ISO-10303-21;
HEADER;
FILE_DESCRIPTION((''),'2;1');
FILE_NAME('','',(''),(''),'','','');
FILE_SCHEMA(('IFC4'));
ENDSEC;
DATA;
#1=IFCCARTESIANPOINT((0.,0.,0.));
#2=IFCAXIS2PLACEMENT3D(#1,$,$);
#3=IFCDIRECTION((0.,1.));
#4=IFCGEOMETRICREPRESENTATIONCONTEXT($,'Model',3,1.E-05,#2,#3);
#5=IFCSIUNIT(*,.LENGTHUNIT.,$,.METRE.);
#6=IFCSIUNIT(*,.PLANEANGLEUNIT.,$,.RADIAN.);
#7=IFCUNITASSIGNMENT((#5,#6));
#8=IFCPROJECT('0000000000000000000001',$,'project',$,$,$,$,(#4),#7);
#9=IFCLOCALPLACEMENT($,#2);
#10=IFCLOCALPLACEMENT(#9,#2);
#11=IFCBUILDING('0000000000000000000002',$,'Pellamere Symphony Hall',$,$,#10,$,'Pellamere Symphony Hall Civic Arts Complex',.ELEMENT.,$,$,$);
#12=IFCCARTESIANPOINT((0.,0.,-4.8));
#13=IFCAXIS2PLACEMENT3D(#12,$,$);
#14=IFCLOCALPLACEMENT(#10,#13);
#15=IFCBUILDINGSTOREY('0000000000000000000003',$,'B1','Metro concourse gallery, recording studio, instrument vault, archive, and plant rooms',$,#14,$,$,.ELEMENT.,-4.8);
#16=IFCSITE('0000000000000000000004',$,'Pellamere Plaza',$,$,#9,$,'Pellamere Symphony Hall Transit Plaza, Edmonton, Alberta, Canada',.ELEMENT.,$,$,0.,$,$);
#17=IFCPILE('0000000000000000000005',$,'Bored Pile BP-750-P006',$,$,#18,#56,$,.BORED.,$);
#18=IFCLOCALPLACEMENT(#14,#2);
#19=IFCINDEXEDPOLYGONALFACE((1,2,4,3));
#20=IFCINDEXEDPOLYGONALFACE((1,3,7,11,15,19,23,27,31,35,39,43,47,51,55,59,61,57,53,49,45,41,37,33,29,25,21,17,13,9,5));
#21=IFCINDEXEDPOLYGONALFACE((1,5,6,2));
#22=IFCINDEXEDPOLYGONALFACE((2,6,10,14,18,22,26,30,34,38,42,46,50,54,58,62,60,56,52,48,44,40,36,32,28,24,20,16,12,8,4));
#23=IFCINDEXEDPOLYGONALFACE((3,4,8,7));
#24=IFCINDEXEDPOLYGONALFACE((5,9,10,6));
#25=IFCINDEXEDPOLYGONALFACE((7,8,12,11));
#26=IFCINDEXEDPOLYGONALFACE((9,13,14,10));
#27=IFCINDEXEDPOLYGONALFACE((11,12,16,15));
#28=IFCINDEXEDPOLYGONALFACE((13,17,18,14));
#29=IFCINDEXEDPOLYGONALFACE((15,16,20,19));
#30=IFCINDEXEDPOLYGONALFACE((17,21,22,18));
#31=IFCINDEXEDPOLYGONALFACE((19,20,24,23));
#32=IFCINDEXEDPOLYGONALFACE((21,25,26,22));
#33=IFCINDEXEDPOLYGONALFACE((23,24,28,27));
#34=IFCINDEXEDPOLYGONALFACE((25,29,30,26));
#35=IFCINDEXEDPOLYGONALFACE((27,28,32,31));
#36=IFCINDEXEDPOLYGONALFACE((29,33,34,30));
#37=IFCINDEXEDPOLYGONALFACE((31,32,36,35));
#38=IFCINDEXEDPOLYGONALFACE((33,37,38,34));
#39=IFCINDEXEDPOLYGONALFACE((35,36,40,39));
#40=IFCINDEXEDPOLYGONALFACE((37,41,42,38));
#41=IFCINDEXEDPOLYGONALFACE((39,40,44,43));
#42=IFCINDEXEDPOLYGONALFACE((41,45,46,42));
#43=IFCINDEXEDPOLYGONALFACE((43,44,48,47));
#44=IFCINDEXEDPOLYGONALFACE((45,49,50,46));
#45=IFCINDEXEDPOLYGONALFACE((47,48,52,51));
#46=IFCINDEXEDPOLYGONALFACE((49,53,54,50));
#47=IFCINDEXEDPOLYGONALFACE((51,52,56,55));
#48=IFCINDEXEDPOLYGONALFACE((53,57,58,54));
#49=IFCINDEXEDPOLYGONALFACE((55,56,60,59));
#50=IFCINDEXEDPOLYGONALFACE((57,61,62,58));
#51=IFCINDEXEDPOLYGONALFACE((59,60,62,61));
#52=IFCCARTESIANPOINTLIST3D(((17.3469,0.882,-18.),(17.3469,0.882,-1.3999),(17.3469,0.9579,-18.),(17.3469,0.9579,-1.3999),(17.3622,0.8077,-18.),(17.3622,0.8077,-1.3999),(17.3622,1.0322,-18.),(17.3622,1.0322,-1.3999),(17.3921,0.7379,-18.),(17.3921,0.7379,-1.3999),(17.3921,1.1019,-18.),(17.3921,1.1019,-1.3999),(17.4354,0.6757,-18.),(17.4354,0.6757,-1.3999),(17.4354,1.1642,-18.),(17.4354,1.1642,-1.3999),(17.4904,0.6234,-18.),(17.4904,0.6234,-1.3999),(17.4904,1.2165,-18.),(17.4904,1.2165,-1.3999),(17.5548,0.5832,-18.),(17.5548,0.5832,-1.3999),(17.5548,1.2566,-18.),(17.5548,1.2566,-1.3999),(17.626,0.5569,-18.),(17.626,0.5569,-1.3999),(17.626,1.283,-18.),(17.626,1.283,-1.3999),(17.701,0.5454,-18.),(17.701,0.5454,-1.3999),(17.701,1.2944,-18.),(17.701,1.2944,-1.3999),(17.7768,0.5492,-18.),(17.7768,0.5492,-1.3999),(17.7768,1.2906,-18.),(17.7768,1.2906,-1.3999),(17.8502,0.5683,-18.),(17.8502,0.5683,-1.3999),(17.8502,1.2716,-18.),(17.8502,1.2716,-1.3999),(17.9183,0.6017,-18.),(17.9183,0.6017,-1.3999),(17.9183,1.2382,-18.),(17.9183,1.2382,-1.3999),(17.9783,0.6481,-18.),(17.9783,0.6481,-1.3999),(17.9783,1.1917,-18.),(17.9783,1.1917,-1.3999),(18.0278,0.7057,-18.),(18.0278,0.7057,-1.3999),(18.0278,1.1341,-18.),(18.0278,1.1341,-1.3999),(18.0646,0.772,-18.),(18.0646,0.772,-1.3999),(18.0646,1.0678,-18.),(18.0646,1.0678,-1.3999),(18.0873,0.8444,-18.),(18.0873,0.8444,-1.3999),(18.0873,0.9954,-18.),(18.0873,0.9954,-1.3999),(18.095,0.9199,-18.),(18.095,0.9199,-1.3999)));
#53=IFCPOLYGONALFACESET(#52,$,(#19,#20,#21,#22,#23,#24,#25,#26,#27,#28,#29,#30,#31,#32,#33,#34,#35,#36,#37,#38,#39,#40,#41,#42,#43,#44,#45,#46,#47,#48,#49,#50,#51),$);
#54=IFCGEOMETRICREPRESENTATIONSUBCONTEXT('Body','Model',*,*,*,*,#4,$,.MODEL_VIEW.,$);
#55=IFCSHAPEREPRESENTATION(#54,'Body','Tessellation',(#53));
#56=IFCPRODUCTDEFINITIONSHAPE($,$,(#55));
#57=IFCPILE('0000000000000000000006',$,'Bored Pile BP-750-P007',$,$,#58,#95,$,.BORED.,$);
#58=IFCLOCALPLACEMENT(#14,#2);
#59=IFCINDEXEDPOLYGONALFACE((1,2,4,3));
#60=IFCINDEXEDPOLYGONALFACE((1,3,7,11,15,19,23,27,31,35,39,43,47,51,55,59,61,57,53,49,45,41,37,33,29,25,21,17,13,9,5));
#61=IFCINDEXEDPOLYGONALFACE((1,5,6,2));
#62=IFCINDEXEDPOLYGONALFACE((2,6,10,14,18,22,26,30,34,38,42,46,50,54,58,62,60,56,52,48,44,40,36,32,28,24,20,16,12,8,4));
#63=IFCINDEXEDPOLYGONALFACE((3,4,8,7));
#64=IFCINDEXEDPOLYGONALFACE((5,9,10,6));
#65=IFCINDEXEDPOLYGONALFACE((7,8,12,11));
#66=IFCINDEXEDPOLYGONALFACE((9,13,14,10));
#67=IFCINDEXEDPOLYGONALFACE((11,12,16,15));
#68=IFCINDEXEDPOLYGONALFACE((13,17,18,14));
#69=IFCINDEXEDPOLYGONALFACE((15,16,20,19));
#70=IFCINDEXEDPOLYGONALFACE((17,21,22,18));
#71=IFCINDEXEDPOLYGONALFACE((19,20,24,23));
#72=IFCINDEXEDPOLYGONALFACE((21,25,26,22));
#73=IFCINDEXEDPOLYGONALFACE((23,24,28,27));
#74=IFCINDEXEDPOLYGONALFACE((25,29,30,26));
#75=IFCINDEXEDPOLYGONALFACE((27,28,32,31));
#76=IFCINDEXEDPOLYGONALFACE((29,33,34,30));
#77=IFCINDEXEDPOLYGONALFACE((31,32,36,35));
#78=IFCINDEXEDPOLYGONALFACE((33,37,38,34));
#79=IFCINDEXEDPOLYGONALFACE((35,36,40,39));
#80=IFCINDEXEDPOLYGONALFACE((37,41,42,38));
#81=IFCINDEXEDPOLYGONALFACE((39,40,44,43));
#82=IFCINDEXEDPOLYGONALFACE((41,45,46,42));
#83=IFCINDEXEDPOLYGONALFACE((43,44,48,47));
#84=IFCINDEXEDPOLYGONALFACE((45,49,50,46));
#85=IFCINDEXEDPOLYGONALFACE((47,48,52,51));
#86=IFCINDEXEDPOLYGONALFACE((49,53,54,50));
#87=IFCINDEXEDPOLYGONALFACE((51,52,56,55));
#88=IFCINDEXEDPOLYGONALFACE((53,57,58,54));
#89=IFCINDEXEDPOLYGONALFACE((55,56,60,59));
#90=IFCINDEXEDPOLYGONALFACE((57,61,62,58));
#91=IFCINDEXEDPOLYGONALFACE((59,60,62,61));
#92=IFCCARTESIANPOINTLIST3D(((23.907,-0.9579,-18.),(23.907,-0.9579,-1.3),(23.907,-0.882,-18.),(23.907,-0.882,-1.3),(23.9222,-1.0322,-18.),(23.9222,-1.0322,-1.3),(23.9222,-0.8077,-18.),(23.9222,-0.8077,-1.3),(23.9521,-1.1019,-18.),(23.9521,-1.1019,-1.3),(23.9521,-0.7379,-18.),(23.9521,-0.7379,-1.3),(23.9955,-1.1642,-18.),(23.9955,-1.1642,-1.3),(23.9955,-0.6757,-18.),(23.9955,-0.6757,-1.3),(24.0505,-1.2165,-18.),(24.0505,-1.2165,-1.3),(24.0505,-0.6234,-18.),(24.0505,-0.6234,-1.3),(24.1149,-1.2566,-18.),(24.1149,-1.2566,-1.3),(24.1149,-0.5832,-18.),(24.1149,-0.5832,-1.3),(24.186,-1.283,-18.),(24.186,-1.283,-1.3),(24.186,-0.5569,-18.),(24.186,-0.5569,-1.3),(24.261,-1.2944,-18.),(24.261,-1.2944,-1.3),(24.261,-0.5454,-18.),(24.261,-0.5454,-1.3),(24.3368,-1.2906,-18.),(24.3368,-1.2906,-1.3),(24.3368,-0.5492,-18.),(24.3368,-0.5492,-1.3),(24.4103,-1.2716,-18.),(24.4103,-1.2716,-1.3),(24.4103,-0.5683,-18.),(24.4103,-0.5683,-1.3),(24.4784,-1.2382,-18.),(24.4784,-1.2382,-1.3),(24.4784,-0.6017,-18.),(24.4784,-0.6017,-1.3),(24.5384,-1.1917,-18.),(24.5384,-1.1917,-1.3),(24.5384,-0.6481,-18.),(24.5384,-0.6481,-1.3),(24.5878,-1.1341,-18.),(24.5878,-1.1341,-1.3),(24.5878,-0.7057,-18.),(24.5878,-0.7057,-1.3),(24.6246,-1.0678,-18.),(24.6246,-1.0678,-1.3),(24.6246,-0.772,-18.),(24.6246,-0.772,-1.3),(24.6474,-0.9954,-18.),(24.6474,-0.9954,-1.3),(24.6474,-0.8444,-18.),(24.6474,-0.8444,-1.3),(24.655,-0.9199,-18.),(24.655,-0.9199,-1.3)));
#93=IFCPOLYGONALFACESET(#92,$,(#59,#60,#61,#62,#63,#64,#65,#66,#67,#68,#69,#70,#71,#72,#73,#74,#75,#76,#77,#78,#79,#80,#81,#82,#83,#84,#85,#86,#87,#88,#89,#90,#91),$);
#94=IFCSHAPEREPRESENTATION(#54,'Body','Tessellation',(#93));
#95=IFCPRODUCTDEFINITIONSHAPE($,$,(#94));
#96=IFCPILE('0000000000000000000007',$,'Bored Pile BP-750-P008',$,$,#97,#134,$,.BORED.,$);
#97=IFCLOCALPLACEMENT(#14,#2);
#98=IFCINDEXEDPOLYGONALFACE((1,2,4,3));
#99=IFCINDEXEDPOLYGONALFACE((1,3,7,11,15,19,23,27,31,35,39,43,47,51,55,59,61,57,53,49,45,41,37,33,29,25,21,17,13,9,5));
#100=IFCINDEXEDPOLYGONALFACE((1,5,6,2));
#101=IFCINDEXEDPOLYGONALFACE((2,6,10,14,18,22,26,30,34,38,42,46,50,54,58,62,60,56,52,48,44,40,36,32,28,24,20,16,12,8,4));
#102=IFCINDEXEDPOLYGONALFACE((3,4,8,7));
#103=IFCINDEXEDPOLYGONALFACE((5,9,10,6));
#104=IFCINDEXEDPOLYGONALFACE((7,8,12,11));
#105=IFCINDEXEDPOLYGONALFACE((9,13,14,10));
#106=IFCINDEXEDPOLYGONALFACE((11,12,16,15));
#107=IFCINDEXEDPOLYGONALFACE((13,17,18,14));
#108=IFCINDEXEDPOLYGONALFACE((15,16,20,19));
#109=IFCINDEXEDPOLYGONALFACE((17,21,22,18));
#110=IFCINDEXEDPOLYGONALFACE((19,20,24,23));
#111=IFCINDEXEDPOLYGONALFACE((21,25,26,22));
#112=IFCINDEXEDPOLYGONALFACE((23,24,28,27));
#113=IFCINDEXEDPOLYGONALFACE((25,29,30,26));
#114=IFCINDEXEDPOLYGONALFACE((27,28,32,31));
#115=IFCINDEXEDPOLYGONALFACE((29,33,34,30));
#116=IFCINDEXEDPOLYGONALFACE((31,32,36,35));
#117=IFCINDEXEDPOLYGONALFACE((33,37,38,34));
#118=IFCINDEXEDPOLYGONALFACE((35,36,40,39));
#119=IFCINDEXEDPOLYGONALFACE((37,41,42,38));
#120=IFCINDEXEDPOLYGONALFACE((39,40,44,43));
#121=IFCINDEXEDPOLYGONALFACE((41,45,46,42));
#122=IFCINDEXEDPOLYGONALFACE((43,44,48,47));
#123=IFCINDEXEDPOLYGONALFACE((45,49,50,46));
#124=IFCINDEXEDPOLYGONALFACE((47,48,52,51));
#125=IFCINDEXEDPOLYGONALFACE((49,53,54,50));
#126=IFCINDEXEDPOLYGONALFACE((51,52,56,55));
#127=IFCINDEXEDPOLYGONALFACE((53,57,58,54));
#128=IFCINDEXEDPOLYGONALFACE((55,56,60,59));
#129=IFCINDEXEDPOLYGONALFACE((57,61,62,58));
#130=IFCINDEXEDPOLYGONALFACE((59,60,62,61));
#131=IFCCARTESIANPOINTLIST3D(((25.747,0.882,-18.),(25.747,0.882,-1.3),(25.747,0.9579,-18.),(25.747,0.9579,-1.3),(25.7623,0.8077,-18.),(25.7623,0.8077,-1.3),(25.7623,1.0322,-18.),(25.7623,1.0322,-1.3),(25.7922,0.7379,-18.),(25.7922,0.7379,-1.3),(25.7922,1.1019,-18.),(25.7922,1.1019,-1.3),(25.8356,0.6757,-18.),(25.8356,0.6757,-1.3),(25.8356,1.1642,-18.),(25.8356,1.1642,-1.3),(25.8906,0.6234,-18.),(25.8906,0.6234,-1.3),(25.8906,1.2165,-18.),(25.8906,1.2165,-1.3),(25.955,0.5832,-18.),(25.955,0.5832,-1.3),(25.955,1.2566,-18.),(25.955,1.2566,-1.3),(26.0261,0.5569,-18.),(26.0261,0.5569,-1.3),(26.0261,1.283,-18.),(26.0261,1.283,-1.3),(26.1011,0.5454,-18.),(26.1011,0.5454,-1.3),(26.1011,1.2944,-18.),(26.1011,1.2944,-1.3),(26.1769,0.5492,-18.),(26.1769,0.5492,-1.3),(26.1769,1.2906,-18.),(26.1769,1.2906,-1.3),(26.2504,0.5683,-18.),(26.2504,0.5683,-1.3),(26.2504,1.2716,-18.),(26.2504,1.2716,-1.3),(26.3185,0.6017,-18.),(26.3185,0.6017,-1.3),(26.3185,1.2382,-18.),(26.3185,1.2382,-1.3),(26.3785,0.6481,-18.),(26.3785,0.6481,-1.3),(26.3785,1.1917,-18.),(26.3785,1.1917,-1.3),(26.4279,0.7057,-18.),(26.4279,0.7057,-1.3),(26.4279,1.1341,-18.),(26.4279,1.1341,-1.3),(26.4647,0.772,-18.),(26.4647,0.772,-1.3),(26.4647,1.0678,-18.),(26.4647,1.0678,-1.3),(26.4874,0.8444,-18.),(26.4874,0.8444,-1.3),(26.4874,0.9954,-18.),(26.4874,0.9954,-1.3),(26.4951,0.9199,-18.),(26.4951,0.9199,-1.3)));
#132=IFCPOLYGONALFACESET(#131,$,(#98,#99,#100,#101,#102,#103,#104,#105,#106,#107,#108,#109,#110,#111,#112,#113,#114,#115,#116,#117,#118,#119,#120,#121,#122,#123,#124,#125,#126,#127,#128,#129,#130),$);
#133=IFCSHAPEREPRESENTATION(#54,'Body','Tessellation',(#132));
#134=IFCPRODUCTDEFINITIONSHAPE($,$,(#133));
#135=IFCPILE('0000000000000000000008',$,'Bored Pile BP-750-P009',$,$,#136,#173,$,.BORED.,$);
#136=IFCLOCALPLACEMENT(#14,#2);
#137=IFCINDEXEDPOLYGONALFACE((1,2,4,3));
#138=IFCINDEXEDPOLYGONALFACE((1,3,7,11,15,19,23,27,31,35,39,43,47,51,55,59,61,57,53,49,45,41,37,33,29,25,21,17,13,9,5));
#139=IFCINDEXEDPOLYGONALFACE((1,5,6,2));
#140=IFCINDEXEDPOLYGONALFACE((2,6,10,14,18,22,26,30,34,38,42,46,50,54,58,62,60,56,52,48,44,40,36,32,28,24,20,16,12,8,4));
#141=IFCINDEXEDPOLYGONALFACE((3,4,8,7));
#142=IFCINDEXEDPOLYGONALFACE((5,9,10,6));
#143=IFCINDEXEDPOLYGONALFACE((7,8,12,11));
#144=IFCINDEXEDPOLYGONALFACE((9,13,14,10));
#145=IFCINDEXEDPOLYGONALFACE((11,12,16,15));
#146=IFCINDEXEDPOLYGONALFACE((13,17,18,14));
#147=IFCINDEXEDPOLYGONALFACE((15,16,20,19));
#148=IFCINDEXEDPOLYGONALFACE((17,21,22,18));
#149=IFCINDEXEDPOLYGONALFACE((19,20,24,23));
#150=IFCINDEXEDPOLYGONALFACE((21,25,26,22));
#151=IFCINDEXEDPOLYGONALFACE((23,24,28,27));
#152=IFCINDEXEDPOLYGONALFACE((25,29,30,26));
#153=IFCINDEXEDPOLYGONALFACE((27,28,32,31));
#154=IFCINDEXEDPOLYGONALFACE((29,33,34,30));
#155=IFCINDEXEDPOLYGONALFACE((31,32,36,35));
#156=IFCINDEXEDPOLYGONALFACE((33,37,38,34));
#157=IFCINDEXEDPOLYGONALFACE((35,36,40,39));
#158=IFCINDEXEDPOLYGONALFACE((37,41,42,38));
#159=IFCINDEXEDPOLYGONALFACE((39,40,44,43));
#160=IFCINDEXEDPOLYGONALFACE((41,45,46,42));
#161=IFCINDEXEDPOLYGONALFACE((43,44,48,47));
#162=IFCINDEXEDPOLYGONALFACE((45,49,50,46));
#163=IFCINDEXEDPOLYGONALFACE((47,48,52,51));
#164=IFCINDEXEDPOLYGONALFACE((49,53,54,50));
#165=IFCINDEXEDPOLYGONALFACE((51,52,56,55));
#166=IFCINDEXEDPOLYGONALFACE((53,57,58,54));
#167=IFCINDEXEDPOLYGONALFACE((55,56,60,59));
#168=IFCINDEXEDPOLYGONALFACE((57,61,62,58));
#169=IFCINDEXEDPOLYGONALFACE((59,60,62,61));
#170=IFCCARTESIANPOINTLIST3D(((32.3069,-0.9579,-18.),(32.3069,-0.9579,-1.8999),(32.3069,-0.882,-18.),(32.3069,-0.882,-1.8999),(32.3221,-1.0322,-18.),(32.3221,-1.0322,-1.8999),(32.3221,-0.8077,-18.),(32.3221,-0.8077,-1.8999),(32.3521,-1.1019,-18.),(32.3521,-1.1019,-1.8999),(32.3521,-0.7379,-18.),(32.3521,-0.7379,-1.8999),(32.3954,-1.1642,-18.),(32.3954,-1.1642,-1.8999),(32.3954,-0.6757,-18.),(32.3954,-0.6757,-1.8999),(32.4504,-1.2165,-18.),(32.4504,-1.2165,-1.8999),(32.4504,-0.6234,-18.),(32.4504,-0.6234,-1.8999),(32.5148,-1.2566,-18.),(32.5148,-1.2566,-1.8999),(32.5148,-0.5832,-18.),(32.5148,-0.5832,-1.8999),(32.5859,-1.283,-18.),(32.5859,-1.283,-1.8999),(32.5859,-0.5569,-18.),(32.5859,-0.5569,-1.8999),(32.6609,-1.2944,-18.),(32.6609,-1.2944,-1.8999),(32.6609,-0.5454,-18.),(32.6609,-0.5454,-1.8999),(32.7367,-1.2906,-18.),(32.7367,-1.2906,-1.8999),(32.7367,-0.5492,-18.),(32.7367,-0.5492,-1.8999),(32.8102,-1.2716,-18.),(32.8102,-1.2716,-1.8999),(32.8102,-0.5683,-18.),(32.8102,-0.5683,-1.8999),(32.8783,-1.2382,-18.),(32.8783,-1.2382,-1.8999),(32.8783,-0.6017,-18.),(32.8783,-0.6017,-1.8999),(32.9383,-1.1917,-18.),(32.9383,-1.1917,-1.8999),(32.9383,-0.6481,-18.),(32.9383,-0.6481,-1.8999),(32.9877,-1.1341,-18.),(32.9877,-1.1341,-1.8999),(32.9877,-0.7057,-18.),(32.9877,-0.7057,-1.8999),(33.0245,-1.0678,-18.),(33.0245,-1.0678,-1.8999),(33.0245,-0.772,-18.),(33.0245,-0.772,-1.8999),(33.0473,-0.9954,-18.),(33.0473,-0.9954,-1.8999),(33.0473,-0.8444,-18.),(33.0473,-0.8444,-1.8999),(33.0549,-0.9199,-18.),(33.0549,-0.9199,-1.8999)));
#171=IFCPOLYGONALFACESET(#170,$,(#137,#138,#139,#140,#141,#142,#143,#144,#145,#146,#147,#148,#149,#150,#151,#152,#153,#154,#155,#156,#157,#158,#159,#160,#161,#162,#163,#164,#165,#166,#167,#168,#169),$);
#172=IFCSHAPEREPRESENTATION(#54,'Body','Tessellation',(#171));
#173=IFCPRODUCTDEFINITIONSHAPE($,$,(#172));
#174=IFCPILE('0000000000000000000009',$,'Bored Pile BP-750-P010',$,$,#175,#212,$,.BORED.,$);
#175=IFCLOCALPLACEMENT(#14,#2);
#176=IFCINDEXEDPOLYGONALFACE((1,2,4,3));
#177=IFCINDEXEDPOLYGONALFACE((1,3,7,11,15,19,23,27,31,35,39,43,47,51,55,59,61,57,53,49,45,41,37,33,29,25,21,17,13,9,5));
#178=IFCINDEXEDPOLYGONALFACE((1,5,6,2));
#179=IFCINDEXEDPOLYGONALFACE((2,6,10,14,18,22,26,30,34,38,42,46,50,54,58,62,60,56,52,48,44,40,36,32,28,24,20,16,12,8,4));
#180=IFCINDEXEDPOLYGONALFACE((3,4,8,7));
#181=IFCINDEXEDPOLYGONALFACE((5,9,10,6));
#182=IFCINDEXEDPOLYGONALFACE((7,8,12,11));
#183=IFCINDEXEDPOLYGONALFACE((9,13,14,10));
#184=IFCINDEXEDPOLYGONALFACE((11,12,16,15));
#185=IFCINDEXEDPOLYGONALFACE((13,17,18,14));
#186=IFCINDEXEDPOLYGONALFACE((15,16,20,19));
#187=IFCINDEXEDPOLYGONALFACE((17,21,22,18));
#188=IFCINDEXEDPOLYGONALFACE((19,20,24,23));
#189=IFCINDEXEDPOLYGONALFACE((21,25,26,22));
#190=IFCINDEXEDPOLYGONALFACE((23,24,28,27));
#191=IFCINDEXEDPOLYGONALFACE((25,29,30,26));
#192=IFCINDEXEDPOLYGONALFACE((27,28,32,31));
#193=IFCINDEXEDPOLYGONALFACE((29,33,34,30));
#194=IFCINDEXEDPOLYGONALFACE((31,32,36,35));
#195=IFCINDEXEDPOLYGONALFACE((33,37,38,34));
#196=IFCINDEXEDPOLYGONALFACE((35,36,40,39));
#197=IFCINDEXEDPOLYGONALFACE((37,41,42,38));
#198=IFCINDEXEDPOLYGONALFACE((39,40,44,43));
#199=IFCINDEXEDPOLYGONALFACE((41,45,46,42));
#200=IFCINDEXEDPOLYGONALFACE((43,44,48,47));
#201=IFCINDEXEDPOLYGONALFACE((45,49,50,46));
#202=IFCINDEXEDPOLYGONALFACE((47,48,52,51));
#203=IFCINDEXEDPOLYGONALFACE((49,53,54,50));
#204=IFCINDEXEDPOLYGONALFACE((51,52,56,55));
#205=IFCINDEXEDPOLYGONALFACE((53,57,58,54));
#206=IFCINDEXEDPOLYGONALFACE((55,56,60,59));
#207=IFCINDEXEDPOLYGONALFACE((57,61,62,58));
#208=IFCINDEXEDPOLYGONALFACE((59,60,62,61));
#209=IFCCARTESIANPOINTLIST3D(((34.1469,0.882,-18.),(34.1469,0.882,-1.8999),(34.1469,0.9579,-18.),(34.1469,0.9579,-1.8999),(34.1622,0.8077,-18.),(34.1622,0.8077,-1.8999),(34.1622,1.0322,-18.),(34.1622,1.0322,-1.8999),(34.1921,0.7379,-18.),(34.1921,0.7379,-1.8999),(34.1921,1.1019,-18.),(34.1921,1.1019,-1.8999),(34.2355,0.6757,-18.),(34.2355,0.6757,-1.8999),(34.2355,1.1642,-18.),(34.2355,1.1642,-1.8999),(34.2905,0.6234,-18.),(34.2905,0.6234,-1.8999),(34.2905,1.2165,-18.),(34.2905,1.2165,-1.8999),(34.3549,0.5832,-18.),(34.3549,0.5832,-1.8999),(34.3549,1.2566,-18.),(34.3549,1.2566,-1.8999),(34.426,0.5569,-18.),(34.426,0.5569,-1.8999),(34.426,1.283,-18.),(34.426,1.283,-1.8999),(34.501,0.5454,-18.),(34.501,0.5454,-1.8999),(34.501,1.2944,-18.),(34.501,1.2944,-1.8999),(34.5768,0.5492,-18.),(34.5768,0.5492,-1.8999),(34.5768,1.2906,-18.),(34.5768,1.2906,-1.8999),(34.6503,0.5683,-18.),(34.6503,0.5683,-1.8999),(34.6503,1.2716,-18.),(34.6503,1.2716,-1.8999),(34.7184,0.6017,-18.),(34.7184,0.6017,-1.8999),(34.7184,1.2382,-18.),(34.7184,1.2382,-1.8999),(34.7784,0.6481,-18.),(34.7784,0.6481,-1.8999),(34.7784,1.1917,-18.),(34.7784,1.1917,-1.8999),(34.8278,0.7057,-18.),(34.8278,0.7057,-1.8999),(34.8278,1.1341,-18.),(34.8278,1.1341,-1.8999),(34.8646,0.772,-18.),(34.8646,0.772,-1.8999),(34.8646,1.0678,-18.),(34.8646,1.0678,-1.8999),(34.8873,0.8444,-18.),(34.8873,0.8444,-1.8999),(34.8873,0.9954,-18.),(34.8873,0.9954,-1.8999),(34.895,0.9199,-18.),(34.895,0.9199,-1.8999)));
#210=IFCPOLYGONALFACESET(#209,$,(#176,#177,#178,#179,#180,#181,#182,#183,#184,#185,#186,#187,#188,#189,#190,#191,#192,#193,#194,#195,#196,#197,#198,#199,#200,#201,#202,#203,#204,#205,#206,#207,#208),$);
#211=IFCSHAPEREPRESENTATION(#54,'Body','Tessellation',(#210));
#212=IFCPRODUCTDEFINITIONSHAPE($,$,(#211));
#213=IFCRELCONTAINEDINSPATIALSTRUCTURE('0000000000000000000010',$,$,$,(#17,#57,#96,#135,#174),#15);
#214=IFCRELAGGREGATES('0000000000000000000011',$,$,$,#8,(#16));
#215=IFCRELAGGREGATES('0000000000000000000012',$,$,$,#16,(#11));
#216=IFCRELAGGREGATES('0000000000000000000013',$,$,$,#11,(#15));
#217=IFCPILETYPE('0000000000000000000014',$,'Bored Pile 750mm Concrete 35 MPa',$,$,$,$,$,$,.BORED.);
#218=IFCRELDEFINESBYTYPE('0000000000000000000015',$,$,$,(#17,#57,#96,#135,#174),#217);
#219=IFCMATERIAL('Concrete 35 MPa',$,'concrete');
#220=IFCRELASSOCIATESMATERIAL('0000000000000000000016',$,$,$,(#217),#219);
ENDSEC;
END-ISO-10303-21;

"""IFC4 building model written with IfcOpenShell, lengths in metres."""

from ifc_helpers import new_model, si_unit, direction, frame, origin, origin_2d, place, context, subcontext, project, spatial, circle, extrude, material, material_profile, profile_set, type_object, element, save


model = new_model("IFC4")

# Units and contexts
model_context = context("Model", 3, precision=1e-05, world=origin(), true_north=direction((0.0, 1.0)))
body_context = subcontext(model_context, "Body", "Model", "MODEL_VIEW")
ifc_project = project(units=[si_unit("LENGTHUNIT", "METRE"), si_unit("PLANEANGLEUNIT", "RADIAN")], contexts=[model_context])

# Site, building, storey
site_placement = place(None, origin())
site = spatial("IfcSite", under=ifc_project, at=site_placement, Name="Pellamere Plaza", LongName="Pellamere Symphony Hall Transit Plaza, Edmonton, Alberta, Canada", CompositionType="ELEMENT", RefElevation=0.0)
building_placement = place(site_placement, origin())
building = spatial("IfcBuilding", under=site, at=building_placement, Name="Pellamere Symphony Hall", LongName="Pellamere Symphony Hall Civic Arts Complex", CompositionType="ELEMENT")
storey_placement = place(building_placement, frame((0.0, 0.0, -4.8)))
storey = spatial("IfcBuildingStorey", under=building, at=storey_placement, Name="B1", Description="Metro concourse gallery, recording studio, instrument vault, archive, and plant rooms", CompositionType="ELEMENT", Elevation=-4.8)

# Piles
ifc_material_1 = material(Name="Concrete 35 MPa", Category="concrete")
ifc_material_profile_1 = material_profile(ifc_material_1, circle(Radius=0.375, at=origin_2d()), Name="PILE D750")
ifc_profile_set_1 = profile_set([ifc_material_profile_1], Name="Concrete 35 MPa")
pile_type = type_object("IfcPileType", Name="Bored Pile 750mm Concrete 35 MPa", PredefinedType="BORED", material=ifc_profile_set_1)
pile_1_placement = place(storey_placement, frame((17.72, 0.9199, -1.3999), z_axis=(0.0, 0.0, -1.0), x_axis=(1.0, 0.0, 0.0)))
element("IfcPile", 1, at=pile_1_placement, inside=storey, type_object=pile_type, Name="Bored Pile BP-750-P006", PredefinedType="BORED", context=body_context, shape_type="SweptSolid", body=[
    extrude(circle(Radius=0.375, at=origin_2d()), origin(), (0.0, 0.0, 1.0), 16.6001),
])
for number, where, z_axis, x_axis, name in (
    (2, (24.28, -0.9199, -1.3), (0.0, 0.0, -1.0), (1.0, 0.0, 0.0), "Bored Pile BP-750-P007"),
    (3, (26.1201, 0.9199, -1.3), (0.0, 0.0, -1.0), (1.0, 0.0, 0.0), "Bored Pile BP-750-P008"),
):
    element("IfcPile", number, at=place(storey_placement, frame(where, z_axis=z_axis, x_axis=x_axis)), inside=storey, type_object=pile_type, Name=name, PredefinedType="BORED", context=body_context, shape_type="SweptSolid", body=[
        extrude(circle(Radius=0.375, at=origin_2d()), origin(), (0.0, 0.0, 1.0), 16.7),
    ])
for number, where, z_axis, x_axis, name in (
    (4, (32.6799, -0.9199, -1.8999), (0.0, 0.0, -1.0), (1.0, 0.0, 0.0), "Bored Pile BP-750-P009"),
    (5, (34.52, 0.9199, -1.8999), (0.0, 0.0, -1.0), (1.0, 0.0, 0.0), "Bored Pile BP-750-P010"),
):
    element("IfcPile", number, at=place(storey_placement, frame(where, z_axis=z_axis, x_axis=x_axis)), inside=storey, type_object=pile_type, Name=name, PredefinedType="BORED", context=body_context, shape_type="SweptSolid", body=[
        extrude(circle(Radius=0.375, at=origin_2d()), origin(), (0.0, 0.0, 1.0), 16.1001),
    ])

save(model, "model.ifc")
